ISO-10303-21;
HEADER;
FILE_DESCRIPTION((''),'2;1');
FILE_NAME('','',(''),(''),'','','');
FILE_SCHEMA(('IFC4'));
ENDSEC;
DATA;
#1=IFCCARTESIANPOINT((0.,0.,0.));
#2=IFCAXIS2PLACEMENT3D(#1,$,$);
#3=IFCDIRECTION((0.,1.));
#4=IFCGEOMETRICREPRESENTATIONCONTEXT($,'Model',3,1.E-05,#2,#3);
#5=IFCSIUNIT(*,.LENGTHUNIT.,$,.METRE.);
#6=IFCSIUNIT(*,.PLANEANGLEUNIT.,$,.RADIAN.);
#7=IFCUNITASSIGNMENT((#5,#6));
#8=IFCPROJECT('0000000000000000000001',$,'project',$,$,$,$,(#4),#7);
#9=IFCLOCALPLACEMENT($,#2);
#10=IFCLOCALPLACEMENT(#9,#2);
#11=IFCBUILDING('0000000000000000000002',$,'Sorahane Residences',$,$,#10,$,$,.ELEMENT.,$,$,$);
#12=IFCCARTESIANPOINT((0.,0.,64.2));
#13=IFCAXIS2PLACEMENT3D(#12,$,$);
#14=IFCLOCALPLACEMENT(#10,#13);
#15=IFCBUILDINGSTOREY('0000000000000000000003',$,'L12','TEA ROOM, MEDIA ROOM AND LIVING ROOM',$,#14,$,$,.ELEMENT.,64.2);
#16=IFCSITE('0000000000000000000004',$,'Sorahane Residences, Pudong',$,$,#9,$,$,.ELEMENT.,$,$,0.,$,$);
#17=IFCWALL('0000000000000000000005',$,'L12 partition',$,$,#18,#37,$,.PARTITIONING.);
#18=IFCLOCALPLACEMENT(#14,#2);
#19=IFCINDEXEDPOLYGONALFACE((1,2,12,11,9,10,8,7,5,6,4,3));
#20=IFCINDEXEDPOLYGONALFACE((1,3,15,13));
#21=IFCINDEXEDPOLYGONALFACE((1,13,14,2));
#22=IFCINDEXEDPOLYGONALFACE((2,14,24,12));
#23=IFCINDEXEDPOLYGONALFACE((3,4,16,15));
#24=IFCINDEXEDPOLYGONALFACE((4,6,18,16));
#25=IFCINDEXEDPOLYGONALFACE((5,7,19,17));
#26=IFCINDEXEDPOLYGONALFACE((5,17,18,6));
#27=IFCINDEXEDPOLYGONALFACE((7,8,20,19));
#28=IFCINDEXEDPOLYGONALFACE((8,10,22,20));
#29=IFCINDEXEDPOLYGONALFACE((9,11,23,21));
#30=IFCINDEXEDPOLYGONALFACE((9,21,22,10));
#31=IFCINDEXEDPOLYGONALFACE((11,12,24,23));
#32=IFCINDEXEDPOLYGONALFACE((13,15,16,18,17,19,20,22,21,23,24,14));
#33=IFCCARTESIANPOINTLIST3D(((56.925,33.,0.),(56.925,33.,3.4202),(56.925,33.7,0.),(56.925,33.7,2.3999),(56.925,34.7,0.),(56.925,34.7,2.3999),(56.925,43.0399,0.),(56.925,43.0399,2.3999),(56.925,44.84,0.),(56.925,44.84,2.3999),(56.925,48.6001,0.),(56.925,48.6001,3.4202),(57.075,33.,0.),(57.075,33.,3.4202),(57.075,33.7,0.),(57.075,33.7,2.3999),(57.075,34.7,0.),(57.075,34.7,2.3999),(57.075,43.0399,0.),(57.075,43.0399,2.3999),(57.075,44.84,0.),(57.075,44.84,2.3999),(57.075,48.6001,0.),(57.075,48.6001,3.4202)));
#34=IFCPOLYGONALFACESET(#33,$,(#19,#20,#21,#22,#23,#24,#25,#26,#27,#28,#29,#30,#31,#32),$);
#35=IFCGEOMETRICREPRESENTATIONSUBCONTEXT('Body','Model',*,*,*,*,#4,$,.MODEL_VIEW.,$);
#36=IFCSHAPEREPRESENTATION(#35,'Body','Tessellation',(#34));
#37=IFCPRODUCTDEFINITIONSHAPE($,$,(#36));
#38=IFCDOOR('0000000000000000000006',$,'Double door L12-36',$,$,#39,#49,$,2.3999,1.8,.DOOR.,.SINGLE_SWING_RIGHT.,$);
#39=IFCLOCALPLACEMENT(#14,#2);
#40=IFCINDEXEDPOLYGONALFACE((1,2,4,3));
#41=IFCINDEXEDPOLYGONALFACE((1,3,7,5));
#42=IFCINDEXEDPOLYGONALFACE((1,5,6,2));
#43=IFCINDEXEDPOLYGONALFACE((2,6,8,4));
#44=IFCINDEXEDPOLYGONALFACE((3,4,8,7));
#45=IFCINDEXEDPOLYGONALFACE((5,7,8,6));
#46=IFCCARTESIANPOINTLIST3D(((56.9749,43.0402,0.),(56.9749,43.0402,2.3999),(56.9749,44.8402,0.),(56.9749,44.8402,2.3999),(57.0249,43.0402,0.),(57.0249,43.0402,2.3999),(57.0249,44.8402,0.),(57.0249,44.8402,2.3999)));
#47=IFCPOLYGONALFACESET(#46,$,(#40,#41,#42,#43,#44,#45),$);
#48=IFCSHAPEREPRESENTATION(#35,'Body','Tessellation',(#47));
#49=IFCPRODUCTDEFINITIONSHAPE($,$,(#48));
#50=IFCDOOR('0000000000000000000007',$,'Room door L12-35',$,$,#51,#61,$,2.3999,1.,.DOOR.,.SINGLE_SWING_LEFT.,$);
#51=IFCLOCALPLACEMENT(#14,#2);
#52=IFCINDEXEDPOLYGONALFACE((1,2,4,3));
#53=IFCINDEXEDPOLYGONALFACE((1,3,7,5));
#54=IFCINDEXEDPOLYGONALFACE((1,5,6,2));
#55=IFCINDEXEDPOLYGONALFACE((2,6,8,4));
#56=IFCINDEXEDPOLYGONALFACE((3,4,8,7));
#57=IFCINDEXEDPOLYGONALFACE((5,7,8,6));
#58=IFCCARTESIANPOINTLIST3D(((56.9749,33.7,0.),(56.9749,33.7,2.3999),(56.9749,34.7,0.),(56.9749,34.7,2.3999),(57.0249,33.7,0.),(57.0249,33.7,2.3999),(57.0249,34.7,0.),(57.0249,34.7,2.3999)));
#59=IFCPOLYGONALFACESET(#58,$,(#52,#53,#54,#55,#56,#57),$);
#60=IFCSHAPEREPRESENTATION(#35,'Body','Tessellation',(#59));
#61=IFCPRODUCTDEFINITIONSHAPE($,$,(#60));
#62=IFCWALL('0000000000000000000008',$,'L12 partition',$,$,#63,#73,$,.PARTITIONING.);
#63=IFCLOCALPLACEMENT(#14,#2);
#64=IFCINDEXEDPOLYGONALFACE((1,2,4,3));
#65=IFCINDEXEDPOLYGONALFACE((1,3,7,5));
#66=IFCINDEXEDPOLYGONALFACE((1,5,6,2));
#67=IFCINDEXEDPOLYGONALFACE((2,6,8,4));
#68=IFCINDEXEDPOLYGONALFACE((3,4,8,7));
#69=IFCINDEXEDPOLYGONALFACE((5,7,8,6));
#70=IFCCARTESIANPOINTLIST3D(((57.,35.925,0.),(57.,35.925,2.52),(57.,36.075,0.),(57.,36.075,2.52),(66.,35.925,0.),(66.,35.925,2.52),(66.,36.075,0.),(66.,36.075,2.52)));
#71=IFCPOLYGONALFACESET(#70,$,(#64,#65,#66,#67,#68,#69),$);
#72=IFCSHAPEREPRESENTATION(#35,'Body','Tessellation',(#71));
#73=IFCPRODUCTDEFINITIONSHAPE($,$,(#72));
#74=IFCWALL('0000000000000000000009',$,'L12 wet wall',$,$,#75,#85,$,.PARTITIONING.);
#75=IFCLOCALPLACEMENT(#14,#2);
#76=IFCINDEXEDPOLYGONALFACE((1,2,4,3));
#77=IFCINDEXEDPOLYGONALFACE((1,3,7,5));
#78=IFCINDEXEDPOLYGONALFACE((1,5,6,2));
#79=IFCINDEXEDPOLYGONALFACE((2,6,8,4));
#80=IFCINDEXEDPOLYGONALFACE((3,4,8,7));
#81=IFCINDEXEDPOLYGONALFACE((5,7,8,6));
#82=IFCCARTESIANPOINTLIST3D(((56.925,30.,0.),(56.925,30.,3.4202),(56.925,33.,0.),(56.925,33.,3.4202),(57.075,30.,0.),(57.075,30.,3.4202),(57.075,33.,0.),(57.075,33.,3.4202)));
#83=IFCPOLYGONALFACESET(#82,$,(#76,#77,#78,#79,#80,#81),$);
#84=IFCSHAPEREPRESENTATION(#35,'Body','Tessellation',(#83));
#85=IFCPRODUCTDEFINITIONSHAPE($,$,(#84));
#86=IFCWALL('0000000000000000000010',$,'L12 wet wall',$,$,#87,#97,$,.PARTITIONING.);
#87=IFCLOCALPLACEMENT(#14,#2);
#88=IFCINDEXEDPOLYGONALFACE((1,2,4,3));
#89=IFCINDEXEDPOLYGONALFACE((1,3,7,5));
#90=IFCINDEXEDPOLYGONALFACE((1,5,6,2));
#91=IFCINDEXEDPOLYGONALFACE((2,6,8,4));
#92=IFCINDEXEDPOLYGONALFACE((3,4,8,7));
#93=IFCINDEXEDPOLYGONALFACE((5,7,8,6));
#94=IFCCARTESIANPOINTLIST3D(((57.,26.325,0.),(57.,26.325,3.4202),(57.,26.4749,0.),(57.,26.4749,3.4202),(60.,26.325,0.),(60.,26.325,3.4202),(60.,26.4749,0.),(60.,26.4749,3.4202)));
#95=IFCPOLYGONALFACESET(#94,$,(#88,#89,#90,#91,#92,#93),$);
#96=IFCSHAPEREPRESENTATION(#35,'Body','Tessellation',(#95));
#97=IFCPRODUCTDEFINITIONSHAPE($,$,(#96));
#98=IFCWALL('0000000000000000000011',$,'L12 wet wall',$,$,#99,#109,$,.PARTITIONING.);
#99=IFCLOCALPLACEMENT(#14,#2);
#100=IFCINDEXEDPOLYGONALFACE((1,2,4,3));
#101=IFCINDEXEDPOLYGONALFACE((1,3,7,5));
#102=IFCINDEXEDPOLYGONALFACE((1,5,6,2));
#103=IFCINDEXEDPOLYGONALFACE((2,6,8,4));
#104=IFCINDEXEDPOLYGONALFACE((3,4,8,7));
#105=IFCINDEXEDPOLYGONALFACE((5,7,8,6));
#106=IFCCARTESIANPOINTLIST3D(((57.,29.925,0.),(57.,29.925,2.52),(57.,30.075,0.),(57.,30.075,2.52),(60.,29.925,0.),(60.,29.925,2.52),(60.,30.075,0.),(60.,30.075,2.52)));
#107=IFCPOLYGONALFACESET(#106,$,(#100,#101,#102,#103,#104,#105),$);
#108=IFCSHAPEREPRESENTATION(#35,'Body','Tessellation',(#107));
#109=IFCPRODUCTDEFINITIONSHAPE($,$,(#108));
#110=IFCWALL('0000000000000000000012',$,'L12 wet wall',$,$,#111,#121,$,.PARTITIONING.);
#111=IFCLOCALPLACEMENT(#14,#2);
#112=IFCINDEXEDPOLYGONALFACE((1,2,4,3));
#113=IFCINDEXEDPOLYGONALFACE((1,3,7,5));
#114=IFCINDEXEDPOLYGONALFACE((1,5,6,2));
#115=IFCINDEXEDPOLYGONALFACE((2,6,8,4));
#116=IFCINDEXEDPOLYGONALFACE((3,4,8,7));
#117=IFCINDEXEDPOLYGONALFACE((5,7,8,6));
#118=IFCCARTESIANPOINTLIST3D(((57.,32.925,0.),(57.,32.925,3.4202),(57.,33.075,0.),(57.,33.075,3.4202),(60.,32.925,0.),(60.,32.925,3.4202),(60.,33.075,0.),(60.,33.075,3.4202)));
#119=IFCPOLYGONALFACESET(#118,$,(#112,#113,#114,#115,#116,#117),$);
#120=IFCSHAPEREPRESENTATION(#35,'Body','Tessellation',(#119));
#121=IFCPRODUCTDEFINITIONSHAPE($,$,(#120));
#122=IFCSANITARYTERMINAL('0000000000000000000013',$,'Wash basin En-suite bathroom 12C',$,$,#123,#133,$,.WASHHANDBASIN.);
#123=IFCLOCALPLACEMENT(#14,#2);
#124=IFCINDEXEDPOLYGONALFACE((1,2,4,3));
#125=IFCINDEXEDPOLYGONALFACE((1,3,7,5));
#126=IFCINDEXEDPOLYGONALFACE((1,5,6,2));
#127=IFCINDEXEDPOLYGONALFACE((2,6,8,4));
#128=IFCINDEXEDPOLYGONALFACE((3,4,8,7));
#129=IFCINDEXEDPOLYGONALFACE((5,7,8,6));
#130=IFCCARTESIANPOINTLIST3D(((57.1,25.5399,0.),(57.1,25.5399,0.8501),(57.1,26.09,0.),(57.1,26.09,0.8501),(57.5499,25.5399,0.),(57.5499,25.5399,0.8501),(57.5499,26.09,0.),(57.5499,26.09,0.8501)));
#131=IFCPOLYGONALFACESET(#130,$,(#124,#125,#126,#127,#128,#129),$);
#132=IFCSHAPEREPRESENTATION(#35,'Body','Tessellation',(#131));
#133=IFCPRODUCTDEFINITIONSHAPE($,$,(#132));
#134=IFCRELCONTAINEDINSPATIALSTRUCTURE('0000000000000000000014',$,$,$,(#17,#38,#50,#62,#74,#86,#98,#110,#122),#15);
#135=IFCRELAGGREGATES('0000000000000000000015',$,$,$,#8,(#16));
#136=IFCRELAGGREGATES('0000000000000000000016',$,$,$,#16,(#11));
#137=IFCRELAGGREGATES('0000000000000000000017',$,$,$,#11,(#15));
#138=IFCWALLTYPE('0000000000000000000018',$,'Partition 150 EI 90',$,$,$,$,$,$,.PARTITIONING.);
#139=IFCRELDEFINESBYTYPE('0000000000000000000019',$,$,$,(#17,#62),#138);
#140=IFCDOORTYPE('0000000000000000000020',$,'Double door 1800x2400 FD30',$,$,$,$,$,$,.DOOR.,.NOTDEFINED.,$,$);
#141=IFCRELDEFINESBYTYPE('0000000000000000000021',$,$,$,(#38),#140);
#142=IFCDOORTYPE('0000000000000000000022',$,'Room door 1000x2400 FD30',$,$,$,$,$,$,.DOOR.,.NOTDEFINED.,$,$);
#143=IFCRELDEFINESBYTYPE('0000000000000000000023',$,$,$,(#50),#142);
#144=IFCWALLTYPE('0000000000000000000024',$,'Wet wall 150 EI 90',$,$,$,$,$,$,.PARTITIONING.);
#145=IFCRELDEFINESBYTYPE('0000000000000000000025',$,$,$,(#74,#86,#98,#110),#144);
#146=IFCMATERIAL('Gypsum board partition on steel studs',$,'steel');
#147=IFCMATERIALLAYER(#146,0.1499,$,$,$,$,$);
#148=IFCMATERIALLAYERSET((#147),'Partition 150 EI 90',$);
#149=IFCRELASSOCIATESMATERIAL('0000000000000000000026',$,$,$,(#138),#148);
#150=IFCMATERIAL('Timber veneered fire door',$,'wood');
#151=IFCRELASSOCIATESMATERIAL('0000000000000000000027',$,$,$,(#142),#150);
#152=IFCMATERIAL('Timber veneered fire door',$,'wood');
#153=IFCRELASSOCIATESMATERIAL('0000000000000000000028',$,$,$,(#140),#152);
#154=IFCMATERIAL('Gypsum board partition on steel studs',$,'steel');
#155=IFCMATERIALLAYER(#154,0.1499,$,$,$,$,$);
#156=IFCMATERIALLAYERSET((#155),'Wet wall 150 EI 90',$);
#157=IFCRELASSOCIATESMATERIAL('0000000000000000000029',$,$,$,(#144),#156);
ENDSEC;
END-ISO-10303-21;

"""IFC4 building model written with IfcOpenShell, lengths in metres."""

from ifc_helpers import new_model, si_unit, direction, frame, frame_2d, origin, origin_2d, place, context, subcontext, project, spatial, rectangle, extrude, material, layer, layer_set, type_object, element, fill, save


model = new_model("IFC4")

# Units and contexts
model_context = context("Model", 3, precision=1e-05, world=origin(), true_north=direction((0.0, 1.0)))
body_context = subcontext(model_context, "Body", "Model", "MODEL_VIEW")
ifc_project = project(units=[si_unit("LENGTHUNIT", "METRE"), si_unit("PLANEANGLEUNIT", "RADIAN")], contexts=[model_context])

# Site, building, storey
site_placement = place(None, origin())
site = spatial("IfcSite", under=ifc_project, at=site_placement, Name="Sorahane Residences, Pudong", CompositionType="ELEMENT", RefElevation=0.0)
building_placement = place(site_placement, origin())
building = spatial("IfcBuilding", under=site, at=building_placement, Name="Sorahane Residences", CompositionType="ELEMENT")
storey_placement = place(building_placement, frame((0.0, 0.0, 64.2)))
storey = spatial("IfcBuildingStorey", under=building, at=storey_placement, Name="L12", Description="TEA ROOM, MEDIA ROOM AND LIVING ROOM", CompositionType="ELEMENT", Elevation=64.2)

# Shared definitions
ifc_material_1 = material(Name="Gypsum board partition on steel studs", Category="steel")
ifc_layer_1 = layer(ifc_material_1, 0.1499)
ifc_layer_set_1 = layer_set([ifc_layer_1], Name="Partition 150 EI 90")
wall_type_1 = type_object("IfcWallType", Name="Partition 150 EI 90", PredefinedType="PARTITIONING", material=ifc_layer_set_1)
ifc_material_2 = material(Name="Timber veneered fire door", Category="wood")
door_type_1 = type_object("IfcDoorType", Name="Room door 1000x2400 FD30", OperationType="NOTDEFINED", PredefinedType="DOOR", material=ifc_material_2)

# Wall, openings, doors
wall_1_placement = place(storey_placement, frame((57.0, 33.0, 0.0), z_axis=(0.0, 0.0, 1.0), x_axis=(0.0, 1.0, 0.0)))
wall_1 = element("IfcWall", 1, at=wall_1_placement, inside=storey, type_object=wall_type_1, Name="L12 partition", PredefinedType="PARTITIONING", context=body_context, shape_type="SweptSolid", body=[
    extrude(rectangle(XDim=15.6001, YDim=0.1499, at=frame_2d((7.8, 0.0))), origin(), (0.0, 0.0, 1.0), 3.4202),
])
opening_1_placement = place(wall_1_placement, frame((0.7, 0.0, 0.0)))
opening_1 = element("IfcOpeningElement", 2, at=opening_1_placement, cuts=wall_1, PredefinedType="OPENING", context=body_context, shape_type="SweptSolid", body=[
    extrude(rectangle(XDim=1.0, YDim=2.3999, at=frame_2d((0.5, 1.2))), frame((0.0, 0.085, 0.0), z_axis=(0.0, -1.0, 0.0), x_axis=(1.0, 0.0, 0.0)), (0.0, 0.0, 1.0), 0.1699),
])
opening_2_placement = place(wall_1_placement, frame((10.04, 0.0, 0.0)))
opening_2 = element("IfcOpeningElement", 3, at=opening_2_placement, cuts=wall_1, PredefinedType="OPENING", context=body_context, shape_type="SweptSolid", body=[
    extrude(rectangle(XDim=1.8, YDim=2.3999, at=frame_2d((0.8999, 1.2))), frame((0.0, 0.085, 0.0), z_axis=(0.0, -1.0, 0.0), x_axis=(1.0, 0.0, 0.0)), (0.0, 0.0, 1.0), 0.1699),
])
ifc_material_3 = material(Name="Timber veneered fire door", Category="wood")
door_type_2 = type_object("IfcDoorType", Name="Double door 1800x2400 FD30", OperationType="NOTDEFINED", PredefinedType="DOOR", material=ifc_material_3)
door_1_placement = place(opening_2_placement, frame((1.8, 0.0, 0.0), z_axis=(0.0, 0.0, 1.0), x_axis=(-1.0, 0.0, 0.0)))
door_1 = element("IfcDoor", 4, at=door_1_placement, inside=storey, type_object=door_type_2, Name="Double door L12-36", OperationType="SINGLE_SWING_RIGHT", OverallHeight=2.3999, OverallWidth=1.8, PredefinedType="DOOR", context=body_context, shape_type="SweptSolid", body=[
    extrude(rectangle(XDim=1.8, YDim=2.3999, at=frame_2d((0.8999, 1.2))), frame((0.0, 0.0249, 0.0), z_axis=(0.0, -1.0, 0.0), x_axis=(1.0, 0.0, 0.0)), (0.0, 0.0, 1.0), 0.05),
])
fill(opening_2, door_1)
door_2_placement = place(opening_1_placement, frame((1.0, 0.0, 0.0), z_axis=(0.0, 0.0, 1.0), x_axis=(-1.0, 0.0, 0.0)))
door_2 = element("IfcDoor", 5, at=door_2_placement, inside=storey, type_object=door_type_1, Name="Room door L12-35", OperationType="SINGLE_SWING_LEFT", OverallHeight=2.3999, OverallWidth=1.0, PredefinedType="DOOR", context=body_context, shape_type="SweptSolid", body=[
    extrude(rectangle(XDim=1.0, YDim=2.3999, at=frame_2d((0.5, 1.2))), frame((0.0, 0.0249, 0.0), z_axis=(0.0, -1.0, 0.0), x_axis=(1.0, 0.0, 0.0)), (0.0, 0.0, 1.0), 0.05),
])
fill(opening_1, door_2)

# Walls
wall_2_placement = place(storey_placement, frame((57.0, 36.0, 0.0), z_axis=(0.0, 0.0, 1.0), x_axis=(1.0, 0.0, 0.0)))
element("IfcWall", 6, at=wall_2_placement, inside=storey, type_object=wall_type_1, Name="L12 partition", PredefinedType="PARTITIONING", context=body_context, shape_type="SweptSolid", body=[
    extrude(rectangle(XDim=9.0, YDim=0.1499, at=frame_2d((4.5, 0.0))), origin(), (0.0, 0.0, 1.0), 2.52),
])
ifc_material_4 = material(Name="Gypsum board partition on steel studs", Category="steel")
ifc_layer_2 = layer(ifc_material_4, 0.1499)
ifc_layer_set_2 = layer_set([ifc_layer_2], Name="Wet wall 150 EI 90")
wall_type_2 = type_object("IfcWallType", Name="Wet wall 150 EI 90", PredefinedType="PARTITIONING", material=ifc_layer_set_2)
for number, where, z_axis, x_axis, name in (
    (7, (57.0, 30.0, 0.0), (0.0, 0.0, 1.0), (0.0, 1.0, 0.0), "L12 wet wall"),
    (8, (57.0, 26.3999, 0.0), (0.0, 0.0, 1.0), (1.0, 0.0, 0.0), "L12 wet wall"),
):
    element("IfcWall", number, at=place(storey_placement, frame(where, z_axis=z_axis, x_axis=x_axis)), inside=storey, type_object=wall_type_2, Name=name, PredefinedType="PARTITIONING", context=body_context, shape_type="SweptSolid", body=[
        extrude(rectangle(XDim=3.0, YDim=0.1499, at=frame_2d((1.5, 0.0))), origin(), (0.0, 0.0, 1.0), 3.4202),
    ])
wall_3_placement = place(storey_placement, frame((57.0, 30.0, 0.0), z_axis=(0.0, 0.0, 1.0), x_axis=(1.0, 0.0, 0.0)))
element("IfcWall", 9, at=wall_3_placement, inside=storey, type_object=wall_type_2, Name="L12 wet wall", PredefinedType="PARTITIONING", context=body_context, shape_type="SweptSolid", body=[
    extrude(rectangle(XDim=3.0, YDim=0.1499, at=frame_2d((1.5, 0.0))), origin(), (0.0, 0.0, 1.0), 2.52),
])
wall_4_placement = place(storey_placement, frame((57.0, 33.0, 0.0), z_axis=(0.0, 0.0, 1.0), x_axis=(1.0, 0.0, 0.0)))
element("IfcWall", 10, at=wall_4_placement, inside=storey, type_object=wall_type_2, Name="L12 wet wall", PredefinedType="PARTITIONING", context=body_context, shape_type="SweptSolid", body=[
    extrude(rectangle(XDim=3.0, YDim=0.1499, at=frame_2d((1.5, 0.0))), origin(), (0.0, 0.0, 1.0), 3.4202),
])

# Sanitary terminal
sanitary_terminal_placement = place(storey_placement, frame((57.325, 25.8149, 0.0), z_axis=(0.0, 0.0, 1.0), x_axis=(0.0, 1.0, 0.0)))
element("IfcSanitaryTerminal", 11, at=sanitary_terminal_placement, inside=storey, Name="Wash basin En-suite bathroom 12C", PredefinedType="WASHHANDBASIN", context=body_context, shape_type="SweptSolid", body=[
    extrude(rectangle(XDim=0.55, YDim=0.45, at=origin_2d()), origin(), (0.0, 0.0, 1.0), 0.8501),
])

save(model, "model.ifc")
